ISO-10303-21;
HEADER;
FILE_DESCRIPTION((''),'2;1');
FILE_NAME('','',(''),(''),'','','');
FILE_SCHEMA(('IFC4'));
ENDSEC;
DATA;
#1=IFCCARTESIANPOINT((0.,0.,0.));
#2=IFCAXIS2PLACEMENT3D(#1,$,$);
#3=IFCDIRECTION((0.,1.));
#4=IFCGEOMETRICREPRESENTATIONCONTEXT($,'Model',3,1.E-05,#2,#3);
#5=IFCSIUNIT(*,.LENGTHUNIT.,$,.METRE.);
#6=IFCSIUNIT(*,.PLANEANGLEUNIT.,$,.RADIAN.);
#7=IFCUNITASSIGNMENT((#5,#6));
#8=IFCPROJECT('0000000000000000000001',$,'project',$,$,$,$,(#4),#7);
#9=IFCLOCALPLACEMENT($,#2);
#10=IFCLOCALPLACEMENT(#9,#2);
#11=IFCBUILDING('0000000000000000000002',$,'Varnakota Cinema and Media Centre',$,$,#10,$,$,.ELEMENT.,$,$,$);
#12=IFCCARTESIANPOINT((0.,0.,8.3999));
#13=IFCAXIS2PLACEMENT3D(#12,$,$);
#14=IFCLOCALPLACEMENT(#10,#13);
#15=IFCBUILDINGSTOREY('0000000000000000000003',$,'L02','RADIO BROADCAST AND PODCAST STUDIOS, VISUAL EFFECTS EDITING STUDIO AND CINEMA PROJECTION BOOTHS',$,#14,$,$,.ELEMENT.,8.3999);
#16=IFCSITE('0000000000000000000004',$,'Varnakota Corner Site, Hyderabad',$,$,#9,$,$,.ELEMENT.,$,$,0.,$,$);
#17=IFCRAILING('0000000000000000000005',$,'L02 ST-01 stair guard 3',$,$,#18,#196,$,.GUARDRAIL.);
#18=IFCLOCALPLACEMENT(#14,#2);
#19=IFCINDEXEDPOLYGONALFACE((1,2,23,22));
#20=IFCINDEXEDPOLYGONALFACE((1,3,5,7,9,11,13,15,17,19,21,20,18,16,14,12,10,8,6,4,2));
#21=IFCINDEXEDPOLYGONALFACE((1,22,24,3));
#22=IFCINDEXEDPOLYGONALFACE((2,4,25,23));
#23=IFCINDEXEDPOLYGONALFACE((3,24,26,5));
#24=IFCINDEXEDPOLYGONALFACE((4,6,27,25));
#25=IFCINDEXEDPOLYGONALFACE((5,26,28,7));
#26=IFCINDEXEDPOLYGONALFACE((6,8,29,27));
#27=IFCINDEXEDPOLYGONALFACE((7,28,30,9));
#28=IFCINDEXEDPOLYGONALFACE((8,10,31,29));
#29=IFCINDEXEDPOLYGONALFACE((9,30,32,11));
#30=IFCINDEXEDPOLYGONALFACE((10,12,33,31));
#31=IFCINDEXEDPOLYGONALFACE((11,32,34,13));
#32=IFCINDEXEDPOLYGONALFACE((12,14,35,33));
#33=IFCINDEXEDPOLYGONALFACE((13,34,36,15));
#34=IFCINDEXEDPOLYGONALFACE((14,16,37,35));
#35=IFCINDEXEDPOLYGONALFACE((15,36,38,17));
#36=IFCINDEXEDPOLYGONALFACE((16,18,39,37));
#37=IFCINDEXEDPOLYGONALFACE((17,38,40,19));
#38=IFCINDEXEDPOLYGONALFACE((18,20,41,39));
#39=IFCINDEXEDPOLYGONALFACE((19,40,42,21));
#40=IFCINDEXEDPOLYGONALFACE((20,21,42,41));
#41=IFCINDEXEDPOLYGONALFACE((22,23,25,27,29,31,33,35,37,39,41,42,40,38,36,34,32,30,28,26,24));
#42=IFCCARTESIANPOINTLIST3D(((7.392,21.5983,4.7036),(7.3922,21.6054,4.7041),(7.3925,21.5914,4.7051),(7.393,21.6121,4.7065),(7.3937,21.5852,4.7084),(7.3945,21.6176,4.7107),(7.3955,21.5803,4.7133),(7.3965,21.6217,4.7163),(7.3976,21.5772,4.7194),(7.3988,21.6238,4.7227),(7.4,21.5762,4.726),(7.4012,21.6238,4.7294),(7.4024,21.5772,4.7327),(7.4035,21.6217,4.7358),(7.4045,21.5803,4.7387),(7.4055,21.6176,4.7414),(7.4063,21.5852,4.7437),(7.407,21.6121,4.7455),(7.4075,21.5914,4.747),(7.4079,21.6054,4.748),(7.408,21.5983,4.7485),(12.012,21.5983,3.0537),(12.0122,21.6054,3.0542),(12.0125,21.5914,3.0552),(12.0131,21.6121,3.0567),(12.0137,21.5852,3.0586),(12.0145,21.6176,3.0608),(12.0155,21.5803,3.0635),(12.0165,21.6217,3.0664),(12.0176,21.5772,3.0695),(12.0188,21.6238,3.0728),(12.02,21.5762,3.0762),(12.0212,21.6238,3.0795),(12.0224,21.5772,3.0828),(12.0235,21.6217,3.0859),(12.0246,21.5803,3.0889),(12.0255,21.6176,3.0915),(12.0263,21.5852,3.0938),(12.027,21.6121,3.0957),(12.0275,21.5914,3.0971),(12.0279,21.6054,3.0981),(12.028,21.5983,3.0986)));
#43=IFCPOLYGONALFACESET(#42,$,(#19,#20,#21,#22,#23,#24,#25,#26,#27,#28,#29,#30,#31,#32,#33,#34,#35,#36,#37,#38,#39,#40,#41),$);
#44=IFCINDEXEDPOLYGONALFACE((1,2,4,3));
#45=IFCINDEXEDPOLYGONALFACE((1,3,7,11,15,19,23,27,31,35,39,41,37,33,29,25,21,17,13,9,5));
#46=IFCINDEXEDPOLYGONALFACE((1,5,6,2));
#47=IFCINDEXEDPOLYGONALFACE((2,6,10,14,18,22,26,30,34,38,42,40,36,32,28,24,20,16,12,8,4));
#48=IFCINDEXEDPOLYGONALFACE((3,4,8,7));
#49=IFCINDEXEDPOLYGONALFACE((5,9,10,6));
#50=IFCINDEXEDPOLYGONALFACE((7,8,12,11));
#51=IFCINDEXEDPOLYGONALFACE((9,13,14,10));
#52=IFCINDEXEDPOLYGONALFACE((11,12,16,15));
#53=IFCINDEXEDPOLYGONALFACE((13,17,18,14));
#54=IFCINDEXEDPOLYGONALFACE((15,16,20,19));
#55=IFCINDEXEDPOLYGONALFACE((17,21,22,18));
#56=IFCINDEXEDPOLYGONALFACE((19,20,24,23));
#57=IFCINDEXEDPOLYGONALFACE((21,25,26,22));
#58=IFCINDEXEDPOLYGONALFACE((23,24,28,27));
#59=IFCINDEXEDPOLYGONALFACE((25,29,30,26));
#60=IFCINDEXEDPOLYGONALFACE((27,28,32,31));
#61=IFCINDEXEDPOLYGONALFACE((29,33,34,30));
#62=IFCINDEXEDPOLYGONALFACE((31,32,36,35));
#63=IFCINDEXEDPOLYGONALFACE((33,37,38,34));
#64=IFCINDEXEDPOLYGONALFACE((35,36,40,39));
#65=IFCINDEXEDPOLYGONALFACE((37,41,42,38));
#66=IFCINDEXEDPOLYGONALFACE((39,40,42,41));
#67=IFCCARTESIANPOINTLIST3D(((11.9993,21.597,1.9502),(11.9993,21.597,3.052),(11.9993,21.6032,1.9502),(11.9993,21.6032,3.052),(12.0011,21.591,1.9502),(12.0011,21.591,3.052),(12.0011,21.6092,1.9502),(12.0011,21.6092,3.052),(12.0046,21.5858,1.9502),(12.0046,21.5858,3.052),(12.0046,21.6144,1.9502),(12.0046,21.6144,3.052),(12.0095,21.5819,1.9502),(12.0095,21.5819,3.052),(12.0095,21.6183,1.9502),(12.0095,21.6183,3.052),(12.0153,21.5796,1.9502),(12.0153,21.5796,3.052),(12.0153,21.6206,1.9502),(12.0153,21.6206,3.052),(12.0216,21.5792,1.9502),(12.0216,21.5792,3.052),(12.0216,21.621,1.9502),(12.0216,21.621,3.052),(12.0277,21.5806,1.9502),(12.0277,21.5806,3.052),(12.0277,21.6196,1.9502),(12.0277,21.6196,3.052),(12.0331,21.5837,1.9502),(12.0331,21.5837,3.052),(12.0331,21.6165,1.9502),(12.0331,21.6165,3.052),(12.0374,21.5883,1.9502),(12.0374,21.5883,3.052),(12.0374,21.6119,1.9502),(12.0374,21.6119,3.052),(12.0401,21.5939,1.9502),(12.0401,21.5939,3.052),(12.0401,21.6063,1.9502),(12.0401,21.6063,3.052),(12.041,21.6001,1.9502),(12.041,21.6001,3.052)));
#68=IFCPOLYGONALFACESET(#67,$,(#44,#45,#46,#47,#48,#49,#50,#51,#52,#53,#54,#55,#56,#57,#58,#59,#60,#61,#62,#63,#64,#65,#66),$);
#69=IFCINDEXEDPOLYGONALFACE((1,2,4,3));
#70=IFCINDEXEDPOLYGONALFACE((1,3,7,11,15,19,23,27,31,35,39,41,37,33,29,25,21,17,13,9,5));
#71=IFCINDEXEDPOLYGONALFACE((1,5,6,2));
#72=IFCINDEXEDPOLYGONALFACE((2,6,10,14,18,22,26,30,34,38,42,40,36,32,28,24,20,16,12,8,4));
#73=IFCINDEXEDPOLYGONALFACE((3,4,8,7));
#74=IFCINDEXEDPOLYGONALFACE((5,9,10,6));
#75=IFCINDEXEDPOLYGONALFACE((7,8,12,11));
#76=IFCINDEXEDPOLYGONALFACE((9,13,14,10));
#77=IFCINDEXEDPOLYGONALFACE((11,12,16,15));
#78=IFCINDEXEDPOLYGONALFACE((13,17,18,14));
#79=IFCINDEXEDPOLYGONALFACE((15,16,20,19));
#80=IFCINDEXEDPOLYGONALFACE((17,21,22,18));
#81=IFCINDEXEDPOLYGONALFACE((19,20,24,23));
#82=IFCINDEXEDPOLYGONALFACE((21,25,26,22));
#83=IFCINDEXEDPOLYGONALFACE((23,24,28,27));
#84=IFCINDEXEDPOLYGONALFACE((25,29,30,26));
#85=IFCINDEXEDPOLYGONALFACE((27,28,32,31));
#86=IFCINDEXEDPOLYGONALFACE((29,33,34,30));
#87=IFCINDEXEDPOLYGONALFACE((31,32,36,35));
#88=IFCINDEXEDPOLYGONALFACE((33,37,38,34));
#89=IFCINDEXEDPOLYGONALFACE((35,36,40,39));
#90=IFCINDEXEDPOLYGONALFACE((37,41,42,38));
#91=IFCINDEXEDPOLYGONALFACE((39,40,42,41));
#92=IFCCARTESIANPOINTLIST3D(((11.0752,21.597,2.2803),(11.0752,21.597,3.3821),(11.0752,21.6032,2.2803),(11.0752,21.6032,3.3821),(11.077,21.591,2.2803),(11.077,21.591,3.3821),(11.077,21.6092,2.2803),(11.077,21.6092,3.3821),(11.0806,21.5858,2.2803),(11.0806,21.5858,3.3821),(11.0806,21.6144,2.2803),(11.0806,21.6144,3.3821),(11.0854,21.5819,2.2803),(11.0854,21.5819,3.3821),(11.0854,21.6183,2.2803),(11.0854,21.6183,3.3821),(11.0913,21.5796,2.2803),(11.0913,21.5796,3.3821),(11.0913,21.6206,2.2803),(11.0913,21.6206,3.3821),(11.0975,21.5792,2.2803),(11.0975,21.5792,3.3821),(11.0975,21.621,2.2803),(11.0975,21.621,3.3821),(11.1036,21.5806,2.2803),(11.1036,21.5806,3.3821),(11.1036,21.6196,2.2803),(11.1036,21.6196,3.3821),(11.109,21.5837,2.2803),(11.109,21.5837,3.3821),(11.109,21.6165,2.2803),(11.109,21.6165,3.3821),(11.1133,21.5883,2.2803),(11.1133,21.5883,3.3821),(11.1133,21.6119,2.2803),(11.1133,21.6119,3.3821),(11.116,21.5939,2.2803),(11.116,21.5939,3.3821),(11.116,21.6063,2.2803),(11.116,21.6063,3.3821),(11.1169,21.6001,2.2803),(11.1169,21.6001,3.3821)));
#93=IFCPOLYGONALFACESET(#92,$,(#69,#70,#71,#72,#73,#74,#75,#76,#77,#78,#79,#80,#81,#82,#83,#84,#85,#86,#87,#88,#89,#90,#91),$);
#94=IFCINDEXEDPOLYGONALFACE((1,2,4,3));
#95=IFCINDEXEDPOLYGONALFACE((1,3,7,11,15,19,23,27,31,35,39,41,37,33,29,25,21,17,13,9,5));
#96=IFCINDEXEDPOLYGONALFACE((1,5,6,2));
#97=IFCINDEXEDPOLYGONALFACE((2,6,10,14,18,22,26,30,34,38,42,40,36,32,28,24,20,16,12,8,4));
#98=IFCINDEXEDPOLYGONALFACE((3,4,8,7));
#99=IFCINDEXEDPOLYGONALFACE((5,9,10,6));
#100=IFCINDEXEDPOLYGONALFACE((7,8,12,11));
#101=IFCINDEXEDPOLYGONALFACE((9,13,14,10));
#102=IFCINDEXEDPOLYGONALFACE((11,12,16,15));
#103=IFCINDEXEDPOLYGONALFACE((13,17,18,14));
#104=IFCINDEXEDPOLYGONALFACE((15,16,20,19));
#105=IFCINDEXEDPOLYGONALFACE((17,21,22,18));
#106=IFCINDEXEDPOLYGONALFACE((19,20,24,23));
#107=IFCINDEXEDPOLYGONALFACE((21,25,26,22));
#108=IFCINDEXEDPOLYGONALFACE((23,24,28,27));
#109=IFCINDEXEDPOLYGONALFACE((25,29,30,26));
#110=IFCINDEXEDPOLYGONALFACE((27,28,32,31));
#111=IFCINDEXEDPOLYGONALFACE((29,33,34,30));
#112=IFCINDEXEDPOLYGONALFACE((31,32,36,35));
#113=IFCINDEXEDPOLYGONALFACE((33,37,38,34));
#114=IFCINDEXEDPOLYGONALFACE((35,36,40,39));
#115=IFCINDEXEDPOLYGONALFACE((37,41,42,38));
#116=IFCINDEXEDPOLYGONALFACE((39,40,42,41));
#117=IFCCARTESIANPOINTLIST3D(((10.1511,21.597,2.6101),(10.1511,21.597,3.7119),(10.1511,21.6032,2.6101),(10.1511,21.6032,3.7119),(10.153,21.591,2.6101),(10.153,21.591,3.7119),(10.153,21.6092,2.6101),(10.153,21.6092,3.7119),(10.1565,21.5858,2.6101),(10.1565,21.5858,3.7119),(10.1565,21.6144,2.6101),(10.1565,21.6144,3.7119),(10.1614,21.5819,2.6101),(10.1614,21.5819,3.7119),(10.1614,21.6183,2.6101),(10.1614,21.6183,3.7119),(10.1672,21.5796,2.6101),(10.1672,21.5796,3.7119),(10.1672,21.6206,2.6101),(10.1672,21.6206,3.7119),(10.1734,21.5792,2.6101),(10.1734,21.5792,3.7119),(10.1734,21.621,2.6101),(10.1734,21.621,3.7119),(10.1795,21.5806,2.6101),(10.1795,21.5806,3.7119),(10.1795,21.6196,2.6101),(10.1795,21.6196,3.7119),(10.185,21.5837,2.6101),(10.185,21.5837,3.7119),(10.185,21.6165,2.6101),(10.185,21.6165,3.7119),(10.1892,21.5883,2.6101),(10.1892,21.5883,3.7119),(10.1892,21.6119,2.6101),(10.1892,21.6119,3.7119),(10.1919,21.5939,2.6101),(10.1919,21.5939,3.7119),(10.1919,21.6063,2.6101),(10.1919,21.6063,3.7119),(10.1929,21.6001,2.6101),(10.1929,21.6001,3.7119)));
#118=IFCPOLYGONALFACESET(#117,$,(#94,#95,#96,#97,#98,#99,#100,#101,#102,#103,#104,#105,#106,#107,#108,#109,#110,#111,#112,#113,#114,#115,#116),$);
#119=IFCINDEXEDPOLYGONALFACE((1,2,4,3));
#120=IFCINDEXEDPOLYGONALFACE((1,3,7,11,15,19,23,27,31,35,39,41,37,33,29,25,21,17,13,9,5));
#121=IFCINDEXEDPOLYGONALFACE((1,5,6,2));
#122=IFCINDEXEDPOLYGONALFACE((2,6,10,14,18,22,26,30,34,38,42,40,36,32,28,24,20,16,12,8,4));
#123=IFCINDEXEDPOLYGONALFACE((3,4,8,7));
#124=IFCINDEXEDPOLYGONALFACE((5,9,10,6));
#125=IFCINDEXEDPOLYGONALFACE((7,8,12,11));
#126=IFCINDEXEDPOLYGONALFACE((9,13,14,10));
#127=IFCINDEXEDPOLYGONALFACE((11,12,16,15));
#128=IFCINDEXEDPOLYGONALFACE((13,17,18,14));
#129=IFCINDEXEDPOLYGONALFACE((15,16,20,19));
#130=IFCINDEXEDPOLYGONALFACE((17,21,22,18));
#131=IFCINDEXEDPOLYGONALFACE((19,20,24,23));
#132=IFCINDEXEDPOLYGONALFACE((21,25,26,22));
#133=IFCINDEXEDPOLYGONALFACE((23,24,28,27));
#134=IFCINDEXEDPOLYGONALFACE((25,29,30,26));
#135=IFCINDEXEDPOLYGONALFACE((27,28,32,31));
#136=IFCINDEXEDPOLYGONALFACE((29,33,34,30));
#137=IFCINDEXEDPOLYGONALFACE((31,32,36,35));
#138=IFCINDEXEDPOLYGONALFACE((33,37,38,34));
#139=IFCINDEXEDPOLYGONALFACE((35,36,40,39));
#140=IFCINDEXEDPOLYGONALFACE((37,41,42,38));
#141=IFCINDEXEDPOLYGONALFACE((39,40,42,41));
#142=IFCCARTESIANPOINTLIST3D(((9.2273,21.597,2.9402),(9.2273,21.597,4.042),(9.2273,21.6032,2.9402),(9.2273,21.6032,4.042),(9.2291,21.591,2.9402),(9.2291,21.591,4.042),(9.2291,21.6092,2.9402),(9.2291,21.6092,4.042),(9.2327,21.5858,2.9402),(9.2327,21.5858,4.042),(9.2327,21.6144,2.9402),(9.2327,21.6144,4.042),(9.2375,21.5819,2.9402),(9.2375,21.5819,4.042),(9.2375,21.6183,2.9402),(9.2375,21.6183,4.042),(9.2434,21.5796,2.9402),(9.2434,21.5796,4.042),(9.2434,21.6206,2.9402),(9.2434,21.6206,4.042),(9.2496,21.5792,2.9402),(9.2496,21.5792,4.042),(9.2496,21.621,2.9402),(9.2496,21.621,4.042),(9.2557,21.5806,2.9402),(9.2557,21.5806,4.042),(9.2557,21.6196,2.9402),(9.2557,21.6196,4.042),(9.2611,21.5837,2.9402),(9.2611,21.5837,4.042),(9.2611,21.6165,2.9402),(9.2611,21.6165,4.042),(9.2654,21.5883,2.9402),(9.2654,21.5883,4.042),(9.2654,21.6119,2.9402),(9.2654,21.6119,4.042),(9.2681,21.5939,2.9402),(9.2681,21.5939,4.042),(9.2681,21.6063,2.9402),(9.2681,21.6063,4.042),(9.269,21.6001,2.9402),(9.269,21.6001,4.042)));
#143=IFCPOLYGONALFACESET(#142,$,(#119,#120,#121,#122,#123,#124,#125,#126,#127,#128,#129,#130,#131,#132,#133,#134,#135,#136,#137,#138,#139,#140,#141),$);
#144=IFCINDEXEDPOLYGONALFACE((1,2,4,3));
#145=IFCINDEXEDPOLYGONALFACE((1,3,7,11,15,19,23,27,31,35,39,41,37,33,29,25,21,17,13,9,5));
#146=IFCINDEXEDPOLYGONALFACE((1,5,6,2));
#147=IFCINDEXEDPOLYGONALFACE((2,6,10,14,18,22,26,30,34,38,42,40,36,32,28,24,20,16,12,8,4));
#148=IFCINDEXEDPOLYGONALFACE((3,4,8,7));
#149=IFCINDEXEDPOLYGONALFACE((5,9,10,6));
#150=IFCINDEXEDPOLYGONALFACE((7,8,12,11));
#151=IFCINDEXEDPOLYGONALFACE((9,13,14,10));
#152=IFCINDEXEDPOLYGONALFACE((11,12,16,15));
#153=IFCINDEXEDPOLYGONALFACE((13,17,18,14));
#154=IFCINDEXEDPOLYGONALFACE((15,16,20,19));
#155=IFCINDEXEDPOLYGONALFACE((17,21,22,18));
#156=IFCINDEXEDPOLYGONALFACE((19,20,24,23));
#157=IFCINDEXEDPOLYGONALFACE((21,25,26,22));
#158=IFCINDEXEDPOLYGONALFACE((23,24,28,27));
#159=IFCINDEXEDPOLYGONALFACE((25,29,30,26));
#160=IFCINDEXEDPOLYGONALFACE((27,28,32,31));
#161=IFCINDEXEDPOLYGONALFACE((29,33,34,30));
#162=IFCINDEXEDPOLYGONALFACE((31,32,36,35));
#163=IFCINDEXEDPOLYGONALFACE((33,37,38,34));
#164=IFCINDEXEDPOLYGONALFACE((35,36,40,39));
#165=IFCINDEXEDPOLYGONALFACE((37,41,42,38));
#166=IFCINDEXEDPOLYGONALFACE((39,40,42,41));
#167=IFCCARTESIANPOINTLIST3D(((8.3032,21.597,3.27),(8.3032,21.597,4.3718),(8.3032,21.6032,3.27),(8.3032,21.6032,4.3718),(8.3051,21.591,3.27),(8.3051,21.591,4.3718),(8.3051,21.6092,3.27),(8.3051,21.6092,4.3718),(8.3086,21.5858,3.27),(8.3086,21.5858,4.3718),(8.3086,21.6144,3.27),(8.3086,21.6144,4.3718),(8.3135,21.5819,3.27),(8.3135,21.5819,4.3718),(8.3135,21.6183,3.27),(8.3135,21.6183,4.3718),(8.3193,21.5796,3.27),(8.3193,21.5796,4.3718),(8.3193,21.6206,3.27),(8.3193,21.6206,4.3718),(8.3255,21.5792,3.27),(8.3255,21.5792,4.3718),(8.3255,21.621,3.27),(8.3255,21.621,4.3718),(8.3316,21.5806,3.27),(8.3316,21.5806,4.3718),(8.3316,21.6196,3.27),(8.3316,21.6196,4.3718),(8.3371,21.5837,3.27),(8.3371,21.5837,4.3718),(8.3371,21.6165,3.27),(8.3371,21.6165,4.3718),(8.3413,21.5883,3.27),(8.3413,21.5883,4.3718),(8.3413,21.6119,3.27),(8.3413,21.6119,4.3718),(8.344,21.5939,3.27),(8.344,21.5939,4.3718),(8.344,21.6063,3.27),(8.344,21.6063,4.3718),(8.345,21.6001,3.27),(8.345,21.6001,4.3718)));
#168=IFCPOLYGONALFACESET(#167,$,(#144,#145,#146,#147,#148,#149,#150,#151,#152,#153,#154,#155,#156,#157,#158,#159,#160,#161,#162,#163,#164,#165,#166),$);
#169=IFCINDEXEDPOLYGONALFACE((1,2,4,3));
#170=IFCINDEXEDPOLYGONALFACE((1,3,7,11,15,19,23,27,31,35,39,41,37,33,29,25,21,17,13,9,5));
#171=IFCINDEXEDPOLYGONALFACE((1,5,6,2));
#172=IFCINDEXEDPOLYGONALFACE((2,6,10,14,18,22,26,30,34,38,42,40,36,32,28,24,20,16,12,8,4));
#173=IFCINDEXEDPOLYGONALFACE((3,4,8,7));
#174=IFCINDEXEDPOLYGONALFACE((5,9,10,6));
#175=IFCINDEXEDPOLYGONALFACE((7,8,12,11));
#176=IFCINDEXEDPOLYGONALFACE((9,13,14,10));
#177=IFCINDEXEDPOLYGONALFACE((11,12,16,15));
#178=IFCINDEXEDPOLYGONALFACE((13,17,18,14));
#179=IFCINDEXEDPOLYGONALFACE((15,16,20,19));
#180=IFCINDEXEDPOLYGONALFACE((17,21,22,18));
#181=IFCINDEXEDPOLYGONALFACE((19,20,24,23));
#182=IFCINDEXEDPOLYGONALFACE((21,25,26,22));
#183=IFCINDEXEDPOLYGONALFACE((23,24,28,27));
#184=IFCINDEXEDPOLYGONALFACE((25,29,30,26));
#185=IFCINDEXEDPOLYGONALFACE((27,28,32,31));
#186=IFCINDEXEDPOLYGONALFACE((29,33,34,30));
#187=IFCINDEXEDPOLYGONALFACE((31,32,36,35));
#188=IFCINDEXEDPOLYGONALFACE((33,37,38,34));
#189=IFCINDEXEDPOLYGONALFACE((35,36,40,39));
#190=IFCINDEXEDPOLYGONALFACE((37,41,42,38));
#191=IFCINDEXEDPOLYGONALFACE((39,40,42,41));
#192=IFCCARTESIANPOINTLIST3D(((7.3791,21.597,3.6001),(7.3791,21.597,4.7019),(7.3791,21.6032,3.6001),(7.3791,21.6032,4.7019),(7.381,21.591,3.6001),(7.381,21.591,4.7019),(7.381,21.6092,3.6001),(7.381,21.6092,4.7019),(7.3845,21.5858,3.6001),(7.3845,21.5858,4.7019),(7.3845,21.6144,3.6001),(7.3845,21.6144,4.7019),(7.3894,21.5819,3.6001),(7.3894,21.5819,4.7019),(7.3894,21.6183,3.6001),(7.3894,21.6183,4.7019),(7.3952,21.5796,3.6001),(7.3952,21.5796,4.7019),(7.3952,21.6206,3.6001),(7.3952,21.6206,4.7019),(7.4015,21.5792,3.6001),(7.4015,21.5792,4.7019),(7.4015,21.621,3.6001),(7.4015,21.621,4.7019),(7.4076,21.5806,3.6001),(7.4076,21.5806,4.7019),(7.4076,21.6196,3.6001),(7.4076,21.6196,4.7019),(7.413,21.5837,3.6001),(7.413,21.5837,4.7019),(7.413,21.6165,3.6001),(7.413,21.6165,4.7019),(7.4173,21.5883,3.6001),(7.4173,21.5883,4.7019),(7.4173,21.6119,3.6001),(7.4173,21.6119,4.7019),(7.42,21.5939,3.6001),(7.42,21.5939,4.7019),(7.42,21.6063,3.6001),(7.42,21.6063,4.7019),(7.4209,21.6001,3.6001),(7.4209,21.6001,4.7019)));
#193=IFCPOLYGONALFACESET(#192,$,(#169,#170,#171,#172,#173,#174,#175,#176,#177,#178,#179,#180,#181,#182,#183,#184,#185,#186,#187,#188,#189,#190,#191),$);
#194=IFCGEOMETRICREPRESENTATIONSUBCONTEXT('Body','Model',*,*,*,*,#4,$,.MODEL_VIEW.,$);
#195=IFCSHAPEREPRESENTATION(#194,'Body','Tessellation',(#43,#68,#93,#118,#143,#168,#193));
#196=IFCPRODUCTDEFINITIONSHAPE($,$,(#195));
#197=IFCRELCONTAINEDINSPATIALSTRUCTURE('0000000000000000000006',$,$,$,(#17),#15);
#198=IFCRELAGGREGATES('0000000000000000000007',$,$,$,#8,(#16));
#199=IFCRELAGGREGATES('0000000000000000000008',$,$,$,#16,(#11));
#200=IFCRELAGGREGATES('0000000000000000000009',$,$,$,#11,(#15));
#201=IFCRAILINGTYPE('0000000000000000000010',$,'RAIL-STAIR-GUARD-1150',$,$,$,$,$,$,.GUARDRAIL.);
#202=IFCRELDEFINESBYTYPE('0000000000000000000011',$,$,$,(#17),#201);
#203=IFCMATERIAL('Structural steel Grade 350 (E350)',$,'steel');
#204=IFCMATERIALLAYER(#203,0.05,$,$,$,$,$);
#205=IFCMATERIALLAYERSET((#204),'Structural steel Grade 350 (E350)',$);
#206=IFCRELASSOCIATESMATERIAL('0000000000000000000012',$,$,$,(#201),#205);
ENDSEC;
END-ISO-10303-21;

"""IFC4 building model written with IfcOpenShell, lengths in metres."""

from ifc_helpers import new_model, si_unit, direction, frame, origin, origin_2d, place, context, subcontext, project, spatial, circle, extrude, material, layer, layer_set, type_object, element, save


model = new_model("IFC4")

# Units and contexts
model_context = context("Model", 3, precision=1e-05, world=origin(), true_north=direction((0.0, 1.0)))
body_context = subcontext(model_context, "Body", "Model", "MODEL_VIEW")
ifc_project = project(units=[si_unit("LENGTHUNIT", "METRE"), si_unit("PLANEANGLEUNIT", "RADIAN")], contexts=[model_context])

# Site, building, storey
site_placement = place(None, origin())
site = spatial("IfcSite", under=ifc_project, at=site_placement, Name="Varnakota Corner Site, Hyderabad", CompositionType="ELEMENT", RefElevation=0.0)
building_placement = place(site_placement, origin())
building = spatial("IfcBuilding", under=site, at=building_placement, Name="Varnakota Cinema and Media Centre", CompositionType="ELEMENT")
storey_placement = place(building_placement, frame((0.0, 0.0, 8.3999)))
storey = spatial("IfcBuildingStorey", under=building, at=storey_placement, Name="L02", Description="RADIO BROADCAST AND PODCAST STUDIOS, VISUAL EFFECTS EDITING STUDIO AND CINEMA PROJECTION BOOTHS", CompositionType="ELEMENT", Elevation=8.3999)

# Railing
ifc_material_1 = material(Name="Structural steel Grade 350 (E350)", Category="steel")
ifc_layer_1 = layer(ifc_material_1, 0.05)
ifc_layer_set_1 = layer_set([ifc_layer_1], Name="Structural steel Grade 350 (E350)")
railing_type_1 = type_object("IfcRailingType", Name="RAIL-STAIR-GUARD-1150", PredefinedType="GUARDRAIL", material=ifc_layer_set_1)
railing_1_placement = place(storey_placement, frame((12.02, 21.6001, 1.9502)))
element("IfcRailing", 1, at=railing_1_placement, inside=storey, type_object=railing_type_1, Name="L02 ST-01 stair guard 3", PredefinedType="GUARDRAIL", context=body_context, shape_type="SweptSolid", body=[
    extrude(circle(Radius=0.0239, at=origin_2d()), frame((0.0, 0.0, 1.126), z_axis=(-0.941751, 0.0, 0.336311), x_axis=(0.0, -1.0, 0.0)), (0.0, 0.0, 1.0), 4.9058),
    extrude(circle(Radius=0.021, at=origin_2d()), origin(), (0.0, 0.0, 1.0), 1.1018),
    extrude(circle(Radius=0.021, at=origin_2d()), frame((-0.9241, 0.0, 0.3301)), (0.0, 0.0, 1.0), 1.1018),
    extrude(circle(Radius=0.021, at=origin_2d()), frame((-1.8481, 0.0, 0.6599)), (0.0, 0.0, 1.0), 1.1018),
    extrude(circle(Radius=0.021, at=origin_2d()), frame((-2.772, 0.0, 0.99)), (0.0, 0.0, 1.0), 1.1018),
    extrude(circle(Radius=0.021, at=origin_2d()), frame((-3.696, 0.0, 1.3198)), (0.0, 0.0, 1.0), 1.1018),
    extrude(circle(Radius=0.021, at=origin_2d()), frame((-4.6201, 0.0, 1.6499)), (0.0, 0.0, 1.0), 1.1018),
])

save(model, "model.ifc")
